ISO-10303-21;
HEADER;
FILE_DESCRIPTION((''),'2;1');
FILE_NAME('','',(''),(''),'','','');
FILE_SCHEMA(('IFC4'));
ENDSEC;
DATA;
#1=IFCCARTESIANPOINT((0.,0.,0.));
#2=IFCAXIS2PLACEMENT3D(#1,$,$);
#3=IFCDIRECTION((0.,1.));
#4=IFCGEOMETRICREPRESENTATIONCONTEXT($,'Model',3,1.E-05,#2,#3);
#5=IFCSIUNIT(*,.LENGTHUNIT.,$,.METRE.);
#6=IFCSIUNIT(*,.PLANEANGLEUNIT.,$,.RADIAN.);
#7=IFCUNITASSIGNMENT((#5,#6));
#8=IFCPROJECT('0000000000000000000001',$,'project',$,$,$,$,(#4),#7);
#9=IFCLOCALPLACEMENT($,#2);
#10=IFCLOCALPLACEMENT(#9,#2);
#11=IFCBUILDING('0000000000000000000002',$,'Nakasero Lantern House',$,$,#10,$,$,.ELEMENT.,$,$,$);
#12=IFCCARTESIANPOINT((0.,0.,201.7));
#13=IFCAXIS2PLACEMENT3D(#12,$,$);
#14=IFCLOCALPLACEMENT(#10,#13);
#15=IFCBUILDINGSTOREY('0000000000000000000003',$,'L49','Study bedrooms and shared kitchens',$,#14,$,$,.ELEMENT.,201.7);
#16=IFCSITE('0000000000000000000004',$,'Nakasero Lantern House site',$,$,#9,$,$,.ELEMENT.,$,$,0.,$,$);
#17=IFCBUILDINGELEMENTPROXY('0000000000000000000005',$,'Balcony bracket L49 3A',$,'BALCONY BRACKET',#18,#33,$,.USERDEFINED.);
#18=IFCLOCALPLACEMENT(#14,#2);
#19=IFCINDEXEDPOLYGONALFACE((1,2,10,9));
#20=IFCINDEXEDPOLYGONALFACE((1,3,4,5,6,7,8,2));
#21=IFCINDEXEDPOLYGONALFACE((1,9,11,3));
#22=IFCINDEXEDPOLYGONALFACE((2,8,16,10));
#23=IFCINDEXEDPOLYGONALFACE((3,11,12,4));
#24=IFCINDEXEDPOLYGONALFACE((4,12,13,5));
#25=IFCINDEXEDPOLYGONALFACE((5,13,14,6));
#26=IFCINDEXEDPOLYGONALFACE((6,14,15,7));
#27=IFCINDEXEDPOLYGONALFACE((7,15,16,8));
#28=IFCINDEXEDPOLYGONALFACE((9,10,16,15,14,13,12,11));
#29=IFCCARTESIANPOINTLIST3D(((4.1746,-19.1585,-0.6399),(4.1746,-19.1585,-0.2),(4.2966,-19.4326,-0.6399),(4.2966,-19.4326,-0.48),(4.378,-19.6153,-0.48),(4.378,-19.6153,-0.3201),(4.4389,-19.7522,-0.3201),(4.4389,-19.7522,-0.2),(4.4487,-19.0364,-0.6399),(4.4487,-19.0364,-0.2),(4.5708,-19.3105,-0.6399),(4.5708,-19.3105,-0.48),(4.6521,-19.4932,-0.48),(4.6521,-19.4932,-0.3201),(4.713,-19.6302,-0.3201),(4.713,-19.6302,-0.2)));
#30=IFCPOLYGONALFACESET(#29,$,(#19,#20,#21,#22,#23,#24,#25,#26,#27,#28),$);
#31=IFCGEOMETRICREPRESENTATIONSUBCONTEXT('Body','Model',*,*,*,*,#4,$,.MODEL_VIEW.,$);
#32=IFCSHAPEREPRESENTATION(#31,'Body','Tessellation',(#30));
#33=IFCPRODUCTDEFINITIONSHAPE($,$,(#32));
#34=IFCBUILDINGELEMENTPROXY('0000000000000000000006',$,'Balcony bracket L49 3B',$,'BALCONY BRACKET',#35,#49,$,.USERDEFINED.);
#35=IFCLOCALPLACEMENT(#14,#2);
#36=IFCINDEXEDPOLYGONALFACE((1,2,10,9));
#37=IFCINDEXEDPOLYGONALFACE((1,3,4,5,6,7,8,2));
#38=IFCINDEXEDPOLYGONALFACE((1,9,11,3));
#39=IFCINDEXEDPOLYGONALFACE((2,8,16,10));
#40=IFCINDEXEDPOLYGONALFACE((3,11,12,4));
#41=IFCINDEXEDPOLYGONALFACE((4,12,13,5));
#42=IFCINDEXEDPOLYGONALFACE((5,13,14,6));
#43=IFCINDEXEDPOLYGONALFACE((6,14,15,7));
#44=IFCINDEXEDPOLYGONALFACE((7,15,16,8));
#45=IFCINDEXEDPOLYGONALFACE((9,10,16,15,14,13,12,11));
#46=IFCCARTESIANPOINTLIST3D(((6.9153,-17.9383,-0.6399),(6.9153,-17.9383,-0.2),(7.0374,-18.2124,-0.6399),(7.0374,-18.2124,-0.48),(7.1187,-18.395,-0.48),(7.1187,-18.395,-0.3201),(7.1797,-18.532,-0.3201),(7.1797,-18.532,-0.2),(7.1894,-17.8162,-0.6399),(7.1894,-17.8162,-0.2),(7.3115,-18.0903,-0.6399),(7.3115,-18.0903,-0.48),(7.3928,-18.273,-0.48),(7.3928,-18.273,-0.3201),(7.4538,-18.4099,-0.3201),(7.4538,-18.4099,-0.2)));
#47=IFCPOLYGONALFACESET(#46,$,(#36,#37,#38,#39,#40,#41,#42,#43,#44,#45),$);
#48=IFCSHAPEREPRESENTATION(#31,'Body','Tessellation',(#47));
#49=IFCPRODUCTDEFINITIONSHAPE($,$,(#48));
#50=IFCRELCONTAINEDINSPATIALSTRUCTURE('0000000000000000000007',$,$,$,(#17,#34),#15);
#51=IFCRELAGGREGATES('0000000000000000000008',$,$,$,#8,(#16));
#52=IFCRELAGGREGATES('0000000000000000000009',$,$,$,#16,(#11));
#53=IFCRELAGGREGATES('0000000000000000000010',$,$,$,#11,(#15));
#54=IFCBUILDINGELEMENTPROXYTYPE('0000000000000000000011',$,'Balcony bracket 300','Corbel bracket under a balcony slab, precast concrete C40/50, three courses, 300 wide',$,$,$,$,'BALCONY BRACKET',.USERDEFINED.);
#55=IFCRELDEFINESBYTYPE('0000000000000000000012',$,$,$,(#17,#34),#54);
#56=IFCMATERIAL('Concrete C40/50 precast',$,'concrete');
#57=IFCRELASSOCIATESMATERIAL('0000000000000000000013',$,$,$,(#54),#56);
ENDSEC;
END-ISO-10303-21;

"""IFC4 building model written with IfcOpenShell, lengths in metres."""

from ifc_helpers import new_model, si_unit, direction, frame, origin, place, context, subcontext, project, spatial, polyline, outline, extrude, material, type_object, element, save


model = new_model("IFC4")

# Units and contexts
model_context = context("Model", 3, precision=1e-05, world=origin(), true_north=direction((0.0, 1.0)))
body_context = subcontext(model_context, "Body", "Model", "MODEL_VIEW")
ifc_project = project(units=[si_unit("LENGTHUNIT", "METRE"), si_unit("PLANEANGLEUNIT", "RADIAN")], contexts=[model_context])

# Site, building, storey
site_placement = place(None, origin())
site = spatial("IfcSite", under=ifc_project, at=site_placement, Name="Nakasero Lantern House site", CompositionType="ELEMENT", RefElevation=0.0)
building_placement = place(site_placement, origin())
building = spatial("IfcBuilding", under=site, at=building_placement, Name="Nakasero Lantern House", CompositionType="ELEMENT")
storey_placement = place(building_placement, frame((0.0, 0.0, 201.7)))
storey = spatial("IfcBuildingStorey", under=building, at=storey_placement, Name="L49", Description="Study bedrooms and shared kitchens", CompositionType="ELEMENT", Elevation=201.7)

# Building element proxies
ifc_material_1 = material(Name="Concrete C40/50 precast", Category="concrete")
building_element_proxy_type = type_object("IfcBuildingElementProxyType", Name="Balcony bracket 300", Description="Corbel bracket under a balcony slab, precast concrete C40/50, three courses, 300 wide", ElementType="BALCONY BRACKET", PredefinedType="USERDEFINED", material=ifc_material_1)
for number, where, z_axis, x_axis, name in (
    (1, (4.3118, -19.0974, -0.2), (0.0, 0.0, 1.0), (0.406737, -0.913545, 0.0), "Balcony bracket L49 3A"),
    (2, (7.0525, -17.8772, -0.2), (0.0, 0.0, 1.0), (0.406737, -0.913545, 0.0), "Balcony bracket L49 3B"),
):
    element("IfcBuildingElementProxy", number, at=place(storey_placement, frame(where, z_axis=z_axis, x_axis=x_axis)), inside=storey, type_object=building_element_proxy_type, Name=name, ObjectType="BALCONY BRACKET", PredefinedType="USERDEFINED", context=body_context, shape_type="SweptSolid", body=[
        extrude(outline(polyline([(0.0, 0.0), (0.6499, 0.0), (0.6499, -0.1201), (0.5, -0.1201), (0.5, -0.28), (0.3, -0.28), (0.3, -0.4399), (0.0, -0.4399), (0.0, 0.0)])), frame((0.0, 0.1499, 0.0), z_axis=(0.0, -1.0, 0.0), x_axis=(1.0, 0.0, 0.0)), (0.0, 0.0, 1.0), 0.3),
    ])

save(model, "model.ifc")
